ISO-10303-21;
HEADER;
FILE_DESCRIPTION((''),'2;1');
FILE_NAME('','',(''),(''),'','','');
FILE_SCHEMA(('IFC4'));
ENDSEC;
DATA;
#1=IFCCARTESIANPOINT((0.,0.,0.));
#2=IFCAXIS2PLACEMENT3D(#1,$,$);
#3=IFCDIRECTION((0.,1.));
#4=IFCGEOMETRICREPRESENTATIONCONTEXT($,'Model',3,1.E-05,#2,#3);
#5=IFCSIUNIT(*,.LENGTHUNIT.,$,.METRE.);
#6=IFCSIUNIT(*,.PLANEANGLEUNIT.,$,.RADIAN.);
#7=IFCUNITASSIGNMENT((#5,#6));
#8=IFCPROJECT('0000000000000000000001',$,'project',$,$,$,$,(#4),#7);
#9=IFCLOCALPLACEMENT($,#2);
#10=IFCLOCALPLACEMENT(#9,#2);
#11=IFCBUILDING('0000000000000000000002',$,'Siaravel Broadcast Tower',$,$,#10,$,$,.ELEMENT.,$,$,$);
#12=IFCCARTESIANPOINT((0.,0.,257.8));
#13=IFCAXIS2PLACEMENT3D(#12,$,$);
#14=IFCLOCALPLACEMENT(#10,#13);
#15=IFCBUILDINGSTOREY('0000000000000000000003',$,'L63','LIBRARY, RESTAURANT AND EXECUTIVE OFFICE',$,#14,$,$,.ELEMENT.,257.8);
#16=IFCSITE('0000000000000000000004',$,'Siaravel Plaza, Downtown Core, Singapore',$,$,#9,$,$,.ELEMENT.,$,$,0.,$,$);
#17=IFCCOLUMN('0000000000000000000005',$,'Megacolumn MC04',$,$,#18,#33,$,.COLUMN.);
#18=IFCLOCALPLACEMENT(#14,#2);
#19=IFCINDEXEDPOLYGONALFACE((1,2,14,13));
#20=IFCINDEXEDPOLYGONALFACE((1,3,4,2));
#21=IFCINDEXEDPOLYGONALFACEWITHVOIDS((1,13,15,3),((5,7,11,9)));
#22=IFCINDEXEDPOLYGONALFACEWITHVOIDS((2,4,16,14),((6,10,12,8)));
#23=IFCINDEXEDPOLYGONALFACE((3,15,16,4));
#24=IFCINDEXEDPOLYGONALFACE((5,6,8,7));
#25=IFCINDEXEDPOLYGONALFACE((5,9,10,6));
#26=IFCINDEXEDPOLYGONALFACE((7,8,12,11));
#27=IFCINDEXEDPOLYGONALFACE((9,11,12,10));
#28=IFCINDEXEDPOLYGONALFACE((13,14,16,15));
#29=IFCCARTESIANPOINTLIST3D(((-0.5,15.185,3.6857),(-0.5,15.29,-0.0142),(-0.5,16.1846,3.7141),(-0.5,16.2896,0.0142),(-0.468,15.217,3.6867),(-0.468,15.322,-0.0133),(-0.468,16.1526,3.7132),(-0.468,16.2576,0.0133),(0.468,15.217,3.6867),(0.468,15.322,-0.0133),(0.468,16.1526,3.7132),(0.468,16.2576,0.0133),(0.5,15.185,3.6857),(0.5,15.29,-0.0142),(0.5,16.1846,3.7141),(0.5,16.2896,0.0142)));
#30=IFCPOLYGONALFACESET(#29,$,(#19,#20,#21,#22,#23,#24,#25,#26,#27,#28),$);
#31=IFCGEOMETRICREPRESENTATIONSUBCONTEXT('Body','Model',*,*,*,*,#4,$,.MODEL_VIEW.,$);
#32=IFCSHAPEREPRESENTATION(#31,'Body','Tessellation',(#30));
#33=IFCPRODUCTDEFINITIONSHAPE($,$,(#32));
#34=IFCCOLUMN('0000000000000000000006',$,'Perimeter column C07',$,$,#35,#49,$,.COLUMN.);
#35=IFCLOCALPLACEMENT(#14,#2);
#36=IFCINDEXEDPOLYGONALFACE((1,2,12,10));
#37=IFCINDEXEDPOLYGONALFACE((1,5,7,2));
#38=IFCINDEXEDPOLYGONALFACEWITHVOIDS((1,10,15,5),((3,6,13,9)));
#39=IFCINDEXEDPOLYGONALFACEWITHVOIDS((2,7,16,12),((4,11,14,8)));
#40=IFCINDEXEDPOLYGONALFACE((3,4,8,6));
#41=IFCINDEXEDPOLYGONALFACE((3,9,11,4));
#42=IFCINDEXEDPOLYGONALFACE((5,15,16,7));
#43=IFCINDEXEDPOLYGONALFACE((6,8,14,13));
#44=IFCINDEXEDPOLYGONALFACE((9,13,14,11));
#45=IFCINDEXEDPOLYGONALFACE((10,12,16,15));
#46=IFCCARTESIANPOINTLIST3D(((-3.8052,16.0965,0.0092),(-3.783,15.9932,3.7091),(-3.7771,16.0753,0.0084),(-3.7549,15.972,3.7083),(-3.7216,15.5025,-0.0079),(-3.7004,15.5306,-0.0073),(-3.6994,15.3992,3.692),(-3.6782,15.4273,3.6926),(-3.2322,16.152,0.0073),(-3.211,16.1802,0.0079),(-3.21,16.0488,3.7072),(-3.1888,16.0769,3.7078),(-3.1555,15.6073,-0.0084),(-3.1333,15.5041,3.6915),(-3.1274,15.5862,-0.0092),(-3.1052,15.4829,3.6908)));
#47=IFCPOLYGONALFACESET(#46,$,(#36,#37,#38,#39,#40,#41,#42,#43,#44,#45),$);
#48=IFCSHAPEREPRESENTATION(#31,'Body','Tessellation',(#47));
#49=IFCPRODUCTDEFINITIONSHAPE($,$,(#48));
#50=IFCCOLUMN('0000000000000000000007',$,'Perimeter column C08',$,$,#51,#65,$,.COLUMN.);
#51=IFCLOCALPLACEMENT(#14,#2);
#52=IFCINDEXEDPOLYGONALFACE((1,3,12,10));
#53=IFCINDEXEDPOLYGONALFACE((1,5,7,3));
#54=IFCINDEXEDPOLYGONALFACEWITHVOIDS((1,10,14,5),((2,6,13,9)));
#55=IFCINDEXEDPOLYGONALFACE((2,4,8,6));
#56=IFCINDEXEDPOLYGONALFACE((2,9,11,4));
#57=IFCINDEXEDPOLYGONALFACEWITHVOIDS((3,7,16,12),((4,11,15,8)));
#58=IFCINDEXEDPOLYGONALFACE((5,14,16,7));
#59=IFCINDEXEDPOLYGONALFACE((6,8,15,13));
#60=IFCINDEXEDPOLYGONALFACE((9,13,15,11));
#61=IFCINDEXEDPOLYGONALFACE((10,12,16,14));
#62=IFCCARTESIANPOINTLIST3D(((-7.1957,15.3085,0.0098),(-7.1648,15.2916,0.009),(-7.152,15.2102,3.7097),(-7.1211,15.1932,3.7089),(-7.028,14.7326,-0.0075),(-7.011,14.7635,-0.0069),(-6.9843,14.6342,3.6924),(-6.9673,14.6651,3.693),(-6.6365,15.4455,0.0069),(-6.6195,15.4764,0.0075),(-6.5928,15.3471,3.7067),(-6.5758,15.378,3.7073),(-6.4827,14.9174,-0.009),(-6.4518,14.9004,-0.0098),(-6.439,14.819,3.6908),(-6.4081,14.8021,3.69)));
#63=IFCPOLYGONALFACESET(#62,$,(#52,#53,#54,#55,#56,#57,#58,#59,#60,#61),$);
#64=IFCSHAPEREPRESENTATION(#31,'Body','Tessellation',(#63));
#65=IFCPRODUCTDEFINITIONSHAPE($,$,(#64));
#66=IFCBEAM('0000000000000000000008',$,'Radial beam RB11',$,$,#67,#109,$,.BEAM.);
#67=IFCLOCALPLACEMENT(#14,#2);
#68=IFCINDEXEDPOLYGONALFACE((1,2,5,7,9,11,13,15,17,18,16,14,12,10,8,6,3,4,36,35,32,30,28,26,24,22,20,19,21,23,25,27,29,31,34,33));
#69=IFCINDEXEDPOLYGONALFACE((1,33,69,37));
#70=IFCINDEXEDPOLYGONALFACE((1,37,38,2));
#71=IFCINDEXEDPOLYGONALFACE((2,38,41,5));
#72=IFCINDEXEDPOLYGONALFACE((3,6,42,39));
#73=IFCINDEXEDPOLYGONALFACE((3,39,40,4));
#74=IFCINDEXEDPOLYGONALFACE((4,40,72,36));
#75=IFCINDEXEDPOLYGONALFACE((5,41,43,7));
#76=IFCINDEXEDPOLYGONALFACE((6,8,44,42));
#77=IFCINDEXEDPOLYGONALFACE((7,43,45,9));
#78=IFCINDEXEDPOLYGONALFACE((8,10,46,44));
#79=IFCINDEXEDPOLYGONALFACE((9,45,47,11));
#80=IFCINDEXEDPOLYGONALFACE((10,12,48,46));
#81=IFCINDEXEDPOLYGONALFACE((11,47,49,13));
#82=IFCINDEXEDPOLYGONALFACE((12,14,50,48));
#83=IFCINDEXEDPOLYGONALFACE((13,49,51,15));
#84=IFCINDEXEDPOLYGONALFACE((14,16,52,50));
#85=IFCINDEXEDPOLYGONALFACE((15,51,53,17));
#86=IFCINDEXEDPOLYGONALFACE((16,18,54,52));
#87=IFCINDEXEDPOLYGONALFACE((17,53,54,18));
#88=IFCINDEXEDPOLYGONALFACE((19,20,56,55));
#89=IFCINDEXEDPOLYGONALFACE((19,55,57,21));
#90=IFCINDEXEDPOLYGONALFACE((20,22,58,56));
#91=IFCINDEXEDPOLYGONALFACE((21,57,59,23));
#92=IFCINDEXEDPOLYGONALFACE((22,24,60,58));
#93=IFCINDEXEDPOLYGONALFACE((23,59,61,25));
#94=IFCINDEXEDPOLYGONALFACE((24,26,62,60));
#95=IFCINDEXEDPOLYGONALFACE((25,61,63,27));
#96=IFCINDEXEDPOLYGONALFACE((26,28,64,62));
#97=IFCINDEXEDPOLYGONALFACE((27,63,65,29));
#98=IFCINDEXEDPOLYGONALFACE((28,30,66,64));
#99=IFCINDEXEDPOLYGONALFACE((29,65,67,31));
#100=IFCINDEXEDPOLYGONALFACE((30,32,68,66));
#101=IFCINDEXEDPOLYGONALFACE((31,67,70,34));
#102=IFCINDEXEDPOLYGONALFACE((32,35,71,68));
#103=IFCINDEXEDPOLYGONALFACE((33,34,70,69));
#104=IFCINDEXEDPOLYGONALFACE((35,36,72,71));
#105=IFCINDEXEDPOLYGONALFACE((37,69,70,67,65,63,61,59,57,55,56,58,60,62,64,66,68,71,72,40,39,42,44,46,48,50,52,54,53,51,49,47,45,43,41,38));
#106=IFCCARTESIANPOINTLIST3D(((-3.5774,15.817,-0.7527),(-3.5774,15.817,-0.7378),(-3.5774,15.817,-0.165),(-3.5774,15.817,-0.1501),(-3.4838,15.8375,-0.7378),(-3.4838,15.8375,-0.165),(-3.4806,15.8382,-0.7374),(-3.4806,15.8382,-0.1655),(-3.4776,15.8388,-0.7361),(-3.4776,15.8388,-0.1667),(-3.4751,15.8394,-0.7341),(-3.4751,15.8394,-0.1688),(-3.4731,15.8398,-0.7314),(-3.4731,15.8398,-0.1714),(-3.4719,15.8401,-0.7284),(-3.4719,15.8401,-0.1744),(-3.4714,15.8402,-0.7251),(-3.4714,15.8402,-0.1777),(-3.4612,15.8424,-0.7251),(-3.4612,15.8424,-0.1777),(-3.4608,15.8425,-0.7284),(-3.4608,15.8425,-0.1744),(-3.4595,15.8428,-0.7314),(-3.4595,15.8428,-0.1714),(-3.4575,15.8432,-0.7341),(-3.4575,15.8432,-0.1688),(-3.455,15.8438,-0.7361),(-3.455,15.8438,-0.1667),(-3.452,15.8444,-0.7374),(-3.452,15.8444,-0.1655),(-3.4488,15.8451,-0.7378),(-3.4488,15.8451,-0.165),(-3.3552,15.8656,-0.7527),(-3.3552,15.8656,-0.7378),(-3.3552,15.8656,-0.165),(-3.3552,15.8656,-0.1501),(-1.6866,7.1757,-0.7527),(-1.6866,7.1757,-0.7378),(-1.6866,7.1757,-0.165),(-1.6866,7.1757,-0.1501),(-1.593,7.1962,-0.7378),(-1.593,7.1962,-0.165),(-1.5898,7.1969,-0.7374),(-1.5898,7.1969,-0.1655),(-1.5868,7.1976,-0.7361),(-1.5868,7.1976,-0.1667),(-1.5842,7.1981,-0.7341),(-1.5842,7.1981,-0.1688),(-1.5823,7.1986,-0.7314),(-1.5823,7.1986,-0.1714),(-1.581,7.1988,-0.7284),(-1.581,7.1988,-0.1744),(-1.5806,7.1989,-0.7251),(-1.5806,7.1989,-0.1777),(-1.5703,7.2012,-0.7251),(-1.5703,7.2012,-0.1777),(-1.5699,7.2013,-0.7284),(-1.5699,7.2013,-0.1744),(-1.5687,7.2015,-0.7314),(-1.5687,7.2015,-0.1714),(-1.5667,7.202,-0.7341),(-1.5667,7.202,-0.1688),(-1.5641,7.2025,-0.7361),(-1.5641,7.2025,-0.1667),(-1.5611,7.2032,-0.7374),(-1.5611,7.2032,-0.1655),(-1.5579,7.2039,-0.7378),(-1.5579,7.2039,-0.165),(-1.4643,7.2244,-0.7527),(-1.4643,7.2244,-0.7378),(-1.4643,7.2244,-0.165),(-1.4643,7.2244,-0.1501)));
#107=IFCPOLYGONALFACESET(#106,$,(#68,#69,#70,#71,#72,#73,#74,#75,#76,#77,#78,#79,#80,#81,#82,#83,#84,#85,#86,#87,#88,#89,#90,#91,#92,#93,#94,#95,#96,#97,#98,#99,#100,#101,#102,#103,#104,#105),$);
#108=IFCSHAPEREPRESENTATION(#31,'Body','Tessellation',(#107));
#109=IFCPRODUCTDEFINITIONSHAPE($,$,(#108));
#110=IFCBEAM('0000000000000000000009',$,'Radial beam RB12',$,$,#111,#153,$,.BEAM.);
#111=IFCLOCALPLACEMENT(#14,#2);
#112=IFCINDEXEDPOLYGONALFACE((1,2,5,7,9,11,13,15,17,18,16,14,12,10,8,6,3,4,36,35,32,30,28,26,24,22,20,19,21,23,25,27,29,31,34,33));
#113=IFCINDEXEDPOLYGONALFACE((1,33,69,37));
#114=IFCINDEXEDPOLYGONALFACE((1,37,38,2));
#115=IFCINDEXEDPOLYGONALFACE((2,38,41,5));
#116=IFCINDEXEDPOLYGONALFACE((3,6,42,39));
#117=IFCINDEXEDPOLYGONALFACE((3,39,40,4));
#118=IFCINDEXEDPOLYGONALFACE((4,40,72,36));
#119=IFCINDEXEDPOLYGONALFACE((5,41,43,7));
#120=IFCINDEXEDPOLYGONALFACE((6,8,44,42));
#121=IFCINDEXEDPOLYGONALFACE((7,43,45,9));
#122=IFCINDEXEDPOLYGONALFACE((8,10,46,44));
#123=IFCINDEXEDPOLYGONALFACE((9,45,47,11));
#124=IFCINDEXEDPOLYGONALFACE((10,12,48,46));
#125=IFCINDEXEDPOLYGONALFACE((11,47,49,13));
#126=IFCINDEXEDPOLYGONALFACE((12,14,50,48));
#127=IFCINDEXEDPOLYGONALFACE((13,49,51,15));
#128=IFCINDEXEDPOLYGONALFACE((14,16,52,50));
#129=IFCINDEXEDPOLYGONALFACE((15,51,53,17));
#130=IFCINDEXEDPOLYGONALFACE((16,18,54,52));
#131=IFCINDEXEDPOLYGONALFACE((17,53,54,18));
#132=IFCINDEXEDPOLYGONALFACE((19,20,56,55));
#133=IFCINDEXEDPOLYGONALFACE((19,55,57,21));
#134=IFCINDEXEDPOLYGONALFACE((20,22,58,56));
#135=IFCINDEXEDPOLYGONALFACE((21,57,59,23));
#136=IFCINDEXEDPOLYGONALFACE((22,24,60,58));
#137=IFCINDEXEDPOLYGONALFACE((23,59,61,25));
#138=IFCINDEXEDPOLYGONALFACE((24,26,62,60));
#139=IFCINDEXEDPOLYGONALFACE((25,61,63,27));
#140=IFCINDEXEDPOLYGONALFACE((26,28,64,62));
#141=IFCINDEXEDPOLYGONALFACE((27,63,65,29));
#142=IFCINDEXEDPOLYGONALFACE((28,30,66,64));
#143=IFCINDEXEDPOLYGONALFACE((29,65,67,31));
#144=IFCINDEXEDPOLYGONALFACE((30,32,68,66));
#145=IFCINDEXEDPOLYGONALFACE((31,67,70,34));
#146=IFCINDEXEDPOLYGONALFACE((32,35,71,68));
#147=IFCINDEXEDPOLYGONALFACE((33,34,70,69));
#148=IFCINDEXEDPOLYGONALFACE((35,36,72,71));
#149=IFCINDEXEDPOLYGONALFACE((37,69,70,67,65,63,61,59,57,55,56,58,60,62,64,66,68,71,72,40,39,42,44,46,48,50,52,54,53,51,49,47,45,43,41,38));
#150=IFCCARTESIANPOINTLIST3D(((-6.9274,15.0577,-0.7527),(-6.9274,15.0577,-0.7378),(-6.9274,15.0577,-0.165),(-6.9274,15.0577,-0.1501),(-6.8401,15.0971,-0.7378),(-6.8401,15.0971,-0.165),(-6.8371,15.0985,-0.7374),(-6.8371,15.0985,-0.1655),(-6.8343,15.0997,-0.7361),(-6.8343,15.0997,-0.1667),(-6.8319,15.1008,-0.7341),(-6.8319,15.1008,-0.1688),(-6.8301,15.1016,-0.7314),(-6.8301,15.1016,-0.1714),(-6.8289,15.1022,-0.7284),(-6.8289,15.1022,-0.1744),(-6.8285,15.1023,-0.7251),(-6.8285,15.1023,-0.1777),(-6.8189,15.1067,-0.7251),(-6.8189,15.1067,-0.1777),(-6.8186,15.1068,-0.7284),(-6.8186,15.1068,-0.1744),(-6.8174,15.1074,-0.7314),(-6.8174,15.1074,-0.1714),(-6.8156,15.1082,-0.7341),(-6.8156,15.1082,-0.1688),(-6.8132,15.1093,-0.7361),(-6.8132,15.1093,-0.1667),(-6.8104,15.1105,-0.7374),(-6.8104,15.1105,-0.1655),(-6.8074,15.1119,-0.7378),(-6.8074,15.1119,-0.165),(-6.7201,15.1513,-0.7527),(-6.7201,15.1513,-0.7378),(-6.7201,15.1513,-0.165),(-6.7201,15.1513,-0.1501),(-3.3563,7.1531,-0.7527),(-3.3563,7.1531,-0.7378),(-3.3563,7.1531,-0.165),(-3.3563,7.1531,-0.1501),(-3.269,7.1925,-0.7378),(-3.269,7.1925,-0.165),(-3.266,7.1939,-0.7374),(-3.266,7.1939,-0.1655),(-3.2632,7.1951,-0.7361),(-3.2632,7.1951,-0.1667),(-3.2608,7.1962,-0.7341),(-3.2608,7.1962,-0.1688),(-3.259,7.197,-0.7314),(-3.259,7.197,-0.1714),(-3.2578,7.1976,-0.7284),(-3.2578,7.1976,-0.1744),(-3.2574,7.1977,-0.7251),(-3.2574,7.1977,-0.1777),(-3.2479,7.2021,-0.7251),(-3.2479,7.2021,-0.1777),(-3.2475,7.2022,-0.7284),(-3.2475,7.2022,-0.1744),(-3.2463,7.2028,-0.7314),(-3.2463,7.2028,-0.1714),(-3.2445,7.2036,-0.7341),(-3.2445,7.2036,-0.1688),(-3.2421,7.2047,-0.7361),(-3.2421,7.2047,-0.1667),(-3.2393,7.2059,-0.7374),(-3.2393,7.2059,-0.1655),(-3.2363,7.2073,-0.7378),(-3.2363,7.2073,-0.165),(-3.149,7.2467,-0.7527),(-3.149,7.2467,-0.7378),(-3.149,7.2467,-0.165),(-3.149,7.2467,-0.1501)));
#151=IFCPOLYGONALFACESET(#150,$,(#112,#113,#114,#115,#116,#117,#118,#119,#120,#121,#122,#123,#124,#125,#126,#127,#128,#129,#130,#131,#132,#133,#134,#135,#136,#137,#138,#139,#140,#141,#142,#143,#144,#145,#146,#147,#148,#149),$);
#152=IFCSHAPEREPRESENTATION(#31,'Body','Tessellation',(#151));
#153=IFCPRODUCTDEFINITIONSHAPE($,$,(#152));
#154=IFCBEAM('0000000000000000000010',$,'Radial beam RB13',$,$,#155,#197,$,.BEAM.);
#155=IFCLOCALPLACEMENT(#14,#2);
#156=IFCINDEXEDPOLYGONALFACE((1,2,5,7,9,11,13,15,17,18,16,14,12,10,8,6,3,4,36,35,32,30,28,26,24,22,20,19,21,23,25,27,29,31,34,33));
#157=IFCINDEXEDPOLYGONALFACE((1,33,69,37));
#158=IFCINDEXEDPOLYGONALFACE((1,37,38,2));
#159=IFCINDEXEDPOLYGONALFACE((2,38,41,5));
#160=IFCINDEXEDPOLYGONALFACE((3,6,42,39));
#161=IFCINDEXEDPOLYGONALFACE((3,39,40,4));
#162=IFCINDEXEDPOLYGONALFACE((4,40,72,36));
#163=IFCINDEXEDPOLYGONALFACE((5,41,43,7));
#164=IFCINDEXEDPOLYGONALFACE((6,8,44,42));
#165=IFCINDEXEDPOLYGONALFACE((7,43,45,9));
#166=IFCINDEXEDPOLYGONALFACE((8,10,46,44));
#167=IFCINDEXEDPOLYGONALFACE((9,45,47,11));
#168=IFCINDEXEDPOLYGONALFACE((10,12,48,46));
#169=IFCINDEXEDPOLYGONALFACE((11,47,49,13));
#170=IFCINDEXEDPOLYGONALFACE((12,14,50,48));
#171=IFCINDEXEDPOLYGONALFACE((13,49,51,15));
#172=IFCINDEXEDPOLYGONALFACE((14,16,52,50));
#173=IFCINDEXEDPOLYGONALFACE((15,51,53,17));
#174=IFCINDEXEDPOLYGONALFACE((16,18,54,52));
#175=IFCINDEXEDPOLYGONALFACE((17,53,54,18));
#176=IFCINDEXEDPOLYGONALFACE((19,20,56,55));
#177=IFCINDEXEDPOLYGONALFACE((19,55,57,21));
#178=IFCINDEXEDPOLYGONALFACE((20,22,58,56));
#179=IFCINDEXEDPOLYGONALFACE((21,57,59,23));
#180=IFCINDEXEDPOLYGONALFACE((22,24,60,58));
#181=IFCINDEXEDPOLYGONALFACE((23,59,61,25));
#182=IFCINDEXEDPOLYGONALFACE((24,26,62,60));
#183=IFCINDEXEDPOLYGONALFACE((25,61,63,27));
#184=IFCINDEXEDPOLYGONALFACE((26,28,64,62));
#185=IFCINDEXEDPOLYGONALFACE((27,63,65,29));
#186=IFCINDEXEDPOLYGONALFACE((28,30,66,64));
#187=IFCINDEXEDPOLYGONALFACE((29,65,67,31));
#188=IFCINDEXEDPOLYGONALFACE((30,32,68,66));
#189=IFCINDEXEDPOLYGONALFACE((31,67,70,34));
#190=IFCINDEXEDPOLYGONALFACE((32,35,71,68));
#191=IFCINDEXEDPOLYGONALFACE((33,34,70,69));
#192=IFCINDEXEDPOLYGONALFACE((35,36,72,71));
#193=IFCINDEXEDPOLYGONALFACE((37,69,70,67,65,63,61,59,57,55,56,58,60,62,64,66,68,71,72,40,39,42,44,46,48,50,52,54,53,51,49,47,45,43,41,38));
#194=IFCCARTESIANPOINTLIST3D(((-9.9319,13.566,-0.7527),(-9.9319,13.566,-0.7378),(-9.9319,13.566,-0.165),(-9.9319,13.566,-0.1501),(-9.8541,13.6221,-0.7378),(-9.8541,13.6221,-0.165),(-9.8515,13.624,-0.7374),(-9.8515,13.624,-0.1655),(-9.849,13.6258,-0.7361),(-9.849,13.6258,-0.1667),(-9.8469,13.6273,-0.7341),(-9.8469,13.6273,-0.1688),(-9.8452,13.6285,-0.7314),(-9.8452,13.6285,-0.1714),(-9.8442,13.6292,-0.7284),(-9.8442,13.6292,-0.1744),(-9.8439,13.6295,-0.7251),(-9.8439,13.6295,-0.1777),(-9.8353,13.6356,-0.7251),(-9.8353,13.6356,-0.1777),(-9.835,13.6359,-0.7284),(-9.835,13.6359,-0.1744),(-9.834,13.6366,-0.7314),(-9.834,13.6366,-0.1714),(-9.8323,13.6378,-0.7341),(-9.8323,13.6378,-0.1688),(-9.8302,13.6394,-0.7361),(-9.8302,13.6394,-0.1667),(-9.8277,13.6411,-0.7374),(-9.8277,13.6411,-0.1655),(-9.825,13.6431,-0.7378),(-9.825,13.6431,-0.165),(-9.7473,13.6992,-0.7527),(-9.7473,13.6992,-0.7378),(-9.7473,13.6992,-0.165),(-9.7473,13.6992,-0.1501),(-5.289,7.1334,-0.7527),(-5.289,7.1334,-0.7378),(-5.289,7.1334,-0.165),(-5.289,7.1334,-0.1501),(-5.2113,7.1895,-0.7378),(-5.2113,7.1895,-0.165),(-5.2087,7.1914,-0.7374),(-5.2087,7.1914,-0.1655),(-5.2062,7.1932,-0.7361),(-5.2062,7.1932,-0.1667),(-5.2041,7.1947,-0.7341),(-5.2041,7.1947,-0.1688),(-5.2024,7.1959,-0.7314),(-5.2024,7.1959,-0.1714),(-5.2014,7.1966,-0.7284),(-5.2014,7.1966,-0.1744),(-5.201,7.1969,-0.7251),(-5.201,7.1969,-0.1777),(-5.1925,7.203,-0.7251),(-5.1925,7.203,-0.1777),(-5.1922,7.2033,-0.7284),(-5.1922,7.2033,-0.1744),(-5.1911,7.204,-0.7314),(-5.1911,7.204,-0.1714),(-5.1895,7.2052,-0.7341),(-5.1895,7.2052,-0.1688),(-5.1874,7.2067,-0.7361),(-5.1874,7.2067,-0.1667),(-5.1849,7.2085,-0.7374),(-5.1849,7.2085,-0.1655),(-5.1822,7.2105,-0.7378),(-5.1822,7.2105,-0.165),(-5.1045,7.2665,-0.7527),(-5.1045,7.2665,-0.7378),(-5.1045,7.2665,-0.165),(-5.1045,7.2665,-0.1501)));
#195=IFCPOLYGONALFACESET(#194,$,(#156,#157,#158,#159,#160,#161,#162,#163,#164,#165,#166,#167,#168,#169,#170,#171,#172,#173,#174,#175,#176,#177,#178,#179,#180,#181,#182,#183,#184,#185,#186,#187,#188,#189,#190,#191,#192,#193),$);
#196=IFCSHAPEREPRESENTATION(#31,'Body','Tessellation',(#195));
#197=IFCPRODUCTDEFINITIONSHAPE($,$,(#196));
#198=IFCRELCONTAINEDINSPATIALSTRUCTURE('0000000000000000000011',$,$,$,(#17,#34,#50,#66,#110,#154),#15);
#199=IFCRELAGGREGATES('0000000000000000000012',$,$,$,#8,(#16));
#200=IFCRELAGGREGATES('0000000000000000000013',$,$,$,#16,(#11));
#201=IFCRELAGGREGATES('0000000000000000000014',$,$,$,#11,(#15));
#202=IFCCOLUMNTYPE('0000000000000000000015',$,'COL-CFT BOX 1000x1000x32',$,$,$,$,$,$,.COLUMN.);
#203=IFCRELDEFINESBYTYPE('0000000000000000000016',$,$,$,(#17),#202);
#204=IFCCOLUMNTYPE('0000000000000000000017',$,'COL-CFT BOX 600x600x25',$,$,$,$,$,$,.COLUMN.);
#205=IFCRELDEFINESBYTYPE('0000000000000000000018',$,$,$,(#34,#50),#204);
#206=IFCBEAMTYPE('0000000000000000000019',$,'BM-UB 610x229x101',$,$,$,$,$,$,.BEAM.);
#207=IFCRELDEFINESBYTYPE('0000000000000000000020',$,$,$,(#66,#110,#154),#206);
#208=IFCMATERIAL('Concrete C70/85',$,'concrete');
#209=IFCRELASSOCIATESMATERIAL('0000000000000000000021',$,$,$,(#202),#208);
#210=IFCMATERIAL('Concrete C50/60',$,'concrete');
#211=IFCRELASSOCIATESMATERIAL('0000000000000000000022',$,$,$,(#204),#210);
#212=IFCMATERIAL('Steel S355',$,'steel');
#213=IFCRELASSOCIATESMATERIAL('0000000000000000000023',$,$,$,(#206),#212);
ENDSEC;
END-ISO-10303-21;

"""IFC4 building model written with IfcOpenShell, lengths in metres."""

from ifc_helpers import new_model, si_unit, direction, frame, origin, origin_2d, place, context, subcontext, project, spatial, hollow_rectangle, i_section, extrude, material, material_profile, profile_set, type_object, element, save


model = new_model("IFC4")

# Units and contexts
model_context = context("Model", 3, precision=1e-05, world=origin(), true_north=direction((0.0, 1.0)))
body_context = subcontext(model_context, "Body", "Model", "MODEL_VIEW")
ifc_project = project(units=[si_unit("LENGTHUNIT", "METRE"), si_unit("PLANEANGLEUNIT", "RADIAN")], contexts=[model_context])

# Site, building, storey
site_placement = place(None, origin())
site = spatial("IfcSite", under=ifc_project, at=site_placement, Name="Siaravel Plaza, Downtown Core, Singapore", CompositionType="ELEMENT", RefElevation=0.0)
building_placement = place(site_placement, origin())
building = spatial("IfcBuilding", under=site, at=building_placement, Name="Siaravel Broadcast Tower", CompositionType="ELEMENT")
storey_placement = place(building_placement, frame((0.0, 0.0, 257.8)))
storey = spatial("IfcBuildingStorey", under=building, at=storey_placement, Name="L63", Description="LIBRARY, RESTAURANT AND EXECUTIVE OFFICE", CompositionType="ELEMENT", Elevation=257.8)

# Columns
ifc_material_1 = material(Name="Concrete C70/85", Category="concrete")
ifc_material_profile_1 = material_profile(ifc_material_1, hollow_rectangle(XDim=1.0, YDim=1.0, WallThickness=0.032, at=origin_2d()))
ifc_profile_set_1 = profile_set([ifc_material_profile_1], Name="Concrete C70/85")
column_type_1 = type_object("IfcColumnType", Name="COL-CFT BOX 1000x1000x32", PredefinedType="COLUMN", material=ifc_profile_set_1)
column_placement = place(storey_placement, frame((0.0, 15.7898, 0.0), z_axis=(0.0, -0.028362, 0.999598), x_axis=(1.0, 0.0, 0.0)))
element("IfcColumn", 1, at=column_placement, inside=storey, type_object=column_type_1, Name="Megacolumn MC04", PredefinedType="COLUMN", context=body_context, shape_type="SweptSolid", body=[
    extrude(hollow_rectangle(XDim=1.0, YDim=1.0, WallThickness=0.032, at=origin_2d()), origin(), (0.0, 0.0, 1.0), 3.7014),
])
ifc_material_2 = material(Name="Concrete C50/60", Category="concrete")
ifc_material_profile_2 = material_profile(ifc_material_2, hollow_rectangle(XDim=0.6001, YDim=0.6001, WallThickness=0.0249, at=origin_2d()))
ifc_profile_set_2 = profile_set([ifc_material_profile_2], Name="Concrete C50/60")
column_type_2 = type_object("IfcColumnType", Name="COL-CFT BOX 600x600x25", PredefinedType="COLUMN", material=ifc_profile_set_2)
for number, where, z_axis, x_axis, name in (
    (2, (-3.4663, 15.8413, 0.0), (0.006002, -0.0279, 0.999593), (0.990221, 0.139496, -0.002052), "Perimeter column C07"),
    (3, (-6.8237, 15.1045, 0.0), (0.011806, -0.026581, 0.999577), (0.960084, 0.279685, -0.003902), "Perimeter column C08"),
):
    element("IfcColumn", number, at=place(storey_placement, frame(where, z_axis=z_axis, x_axis=x_axis)), inside=storey, type_object=column_type_2, Name=name, PredefinedType="COLUMN", context=body_context, shape_type="SweptSolid", body=[
        extrude(hollow_rectangle(XDim=0.6001, YDim=0.6001, WallThickness=0.0249, at=origin_2d()), origin(), (0.0, 0.0, 1.0), 3.7014),
    ])

# Beams
ifc_material_3 = material(Name="Steel S355", Category="steel")
ifc_material_profile_3 = material_profile(ifc_material_3, i_section(OverallWidth=0.2275, OverallDepth=0.6025, WebThickness=0.0105, FlangeThickness=0.0149, FilletRadius=0.0127, at=origin_2d()))
ifc_profile_set_3 = profile_set([ifc_material_profile_3], Name="Steel S355")
beam_type = type_object("IfcBeamType", Name="BM-UB 610x229x101", PredefinedType="BEAM", material=ifc_profile_set_3)
beam_1_placement = place(storey_placement, frame((-3.4663, 15.8413, -0.4514), z_axis=(0.213759, -0.976887, 0.0), x_axis=(0.976887, 0.213759, 0.0)))
element("IfcBeam", 4, at=beam_1_placement, inside=storey, type_object=beam_type, Name="Radial beam RB11", PredefinedType="BEAM", context=body_context, shape_type="SweptSolid", body=[
    extrude(i_section(OverallWidth=0.2275, OverallDepth=0.6025, WebThickness=0.0105, FlangeThickness=0.0149, FilletRadius=0.0127, at=origin_2d()), origin(), (0.0, 0.0, 1.0), 8.8457),
])
beam_2_placement = place(storey_placement, frame((-6.8237, 15.1045, -0.4514), z_axis=(0.411707, -0.911316, 0.0), x_axis=(0.911316, 0.411707, 0.0)))
element("IfcBeam", 5, at=beam_2_placement, inside=storey, type_object=beam_type, Name="Radial beam RB12", PredefinedType="BEAM", context=body_context, shape_type="SweptSolid", body=[
    extrude(i_section(OverallWidth=0.2275, OverallDepth=0.6025, WebThickness=0.0105, FlangeThickness=0.0149, FilletRadius=0.0127, at=origin_2d()), origin(), (0.0, 0.0, 1.0), 8.6738),
])
beam_3_placement = place(storey_placement, frame((-9.8396, 13.6326, -0.4514), z_axis=(0.585246, -0.810856, 0.0), x_axis=(0.810856, 0.585246, 0.0)))
element("IfcBeam", 6, at=beam_3_placement, inside=storey, type_object=beam_type, Name="Radial beam RB13", PredefinedType="BEAM", context=body_context, shape_type="SweptSolid", body=[
    extrude(i_section(OverallWidth=0.2275, OverallDepth=0.6025, WebThickness=0.0105, FlangeThickness=0.0149, FilletRadius=0.0127, at=origin_2d()), origin(), (0.0, 0.0, 1.0), 7.9331),
])

save(model, "model.ifc")
